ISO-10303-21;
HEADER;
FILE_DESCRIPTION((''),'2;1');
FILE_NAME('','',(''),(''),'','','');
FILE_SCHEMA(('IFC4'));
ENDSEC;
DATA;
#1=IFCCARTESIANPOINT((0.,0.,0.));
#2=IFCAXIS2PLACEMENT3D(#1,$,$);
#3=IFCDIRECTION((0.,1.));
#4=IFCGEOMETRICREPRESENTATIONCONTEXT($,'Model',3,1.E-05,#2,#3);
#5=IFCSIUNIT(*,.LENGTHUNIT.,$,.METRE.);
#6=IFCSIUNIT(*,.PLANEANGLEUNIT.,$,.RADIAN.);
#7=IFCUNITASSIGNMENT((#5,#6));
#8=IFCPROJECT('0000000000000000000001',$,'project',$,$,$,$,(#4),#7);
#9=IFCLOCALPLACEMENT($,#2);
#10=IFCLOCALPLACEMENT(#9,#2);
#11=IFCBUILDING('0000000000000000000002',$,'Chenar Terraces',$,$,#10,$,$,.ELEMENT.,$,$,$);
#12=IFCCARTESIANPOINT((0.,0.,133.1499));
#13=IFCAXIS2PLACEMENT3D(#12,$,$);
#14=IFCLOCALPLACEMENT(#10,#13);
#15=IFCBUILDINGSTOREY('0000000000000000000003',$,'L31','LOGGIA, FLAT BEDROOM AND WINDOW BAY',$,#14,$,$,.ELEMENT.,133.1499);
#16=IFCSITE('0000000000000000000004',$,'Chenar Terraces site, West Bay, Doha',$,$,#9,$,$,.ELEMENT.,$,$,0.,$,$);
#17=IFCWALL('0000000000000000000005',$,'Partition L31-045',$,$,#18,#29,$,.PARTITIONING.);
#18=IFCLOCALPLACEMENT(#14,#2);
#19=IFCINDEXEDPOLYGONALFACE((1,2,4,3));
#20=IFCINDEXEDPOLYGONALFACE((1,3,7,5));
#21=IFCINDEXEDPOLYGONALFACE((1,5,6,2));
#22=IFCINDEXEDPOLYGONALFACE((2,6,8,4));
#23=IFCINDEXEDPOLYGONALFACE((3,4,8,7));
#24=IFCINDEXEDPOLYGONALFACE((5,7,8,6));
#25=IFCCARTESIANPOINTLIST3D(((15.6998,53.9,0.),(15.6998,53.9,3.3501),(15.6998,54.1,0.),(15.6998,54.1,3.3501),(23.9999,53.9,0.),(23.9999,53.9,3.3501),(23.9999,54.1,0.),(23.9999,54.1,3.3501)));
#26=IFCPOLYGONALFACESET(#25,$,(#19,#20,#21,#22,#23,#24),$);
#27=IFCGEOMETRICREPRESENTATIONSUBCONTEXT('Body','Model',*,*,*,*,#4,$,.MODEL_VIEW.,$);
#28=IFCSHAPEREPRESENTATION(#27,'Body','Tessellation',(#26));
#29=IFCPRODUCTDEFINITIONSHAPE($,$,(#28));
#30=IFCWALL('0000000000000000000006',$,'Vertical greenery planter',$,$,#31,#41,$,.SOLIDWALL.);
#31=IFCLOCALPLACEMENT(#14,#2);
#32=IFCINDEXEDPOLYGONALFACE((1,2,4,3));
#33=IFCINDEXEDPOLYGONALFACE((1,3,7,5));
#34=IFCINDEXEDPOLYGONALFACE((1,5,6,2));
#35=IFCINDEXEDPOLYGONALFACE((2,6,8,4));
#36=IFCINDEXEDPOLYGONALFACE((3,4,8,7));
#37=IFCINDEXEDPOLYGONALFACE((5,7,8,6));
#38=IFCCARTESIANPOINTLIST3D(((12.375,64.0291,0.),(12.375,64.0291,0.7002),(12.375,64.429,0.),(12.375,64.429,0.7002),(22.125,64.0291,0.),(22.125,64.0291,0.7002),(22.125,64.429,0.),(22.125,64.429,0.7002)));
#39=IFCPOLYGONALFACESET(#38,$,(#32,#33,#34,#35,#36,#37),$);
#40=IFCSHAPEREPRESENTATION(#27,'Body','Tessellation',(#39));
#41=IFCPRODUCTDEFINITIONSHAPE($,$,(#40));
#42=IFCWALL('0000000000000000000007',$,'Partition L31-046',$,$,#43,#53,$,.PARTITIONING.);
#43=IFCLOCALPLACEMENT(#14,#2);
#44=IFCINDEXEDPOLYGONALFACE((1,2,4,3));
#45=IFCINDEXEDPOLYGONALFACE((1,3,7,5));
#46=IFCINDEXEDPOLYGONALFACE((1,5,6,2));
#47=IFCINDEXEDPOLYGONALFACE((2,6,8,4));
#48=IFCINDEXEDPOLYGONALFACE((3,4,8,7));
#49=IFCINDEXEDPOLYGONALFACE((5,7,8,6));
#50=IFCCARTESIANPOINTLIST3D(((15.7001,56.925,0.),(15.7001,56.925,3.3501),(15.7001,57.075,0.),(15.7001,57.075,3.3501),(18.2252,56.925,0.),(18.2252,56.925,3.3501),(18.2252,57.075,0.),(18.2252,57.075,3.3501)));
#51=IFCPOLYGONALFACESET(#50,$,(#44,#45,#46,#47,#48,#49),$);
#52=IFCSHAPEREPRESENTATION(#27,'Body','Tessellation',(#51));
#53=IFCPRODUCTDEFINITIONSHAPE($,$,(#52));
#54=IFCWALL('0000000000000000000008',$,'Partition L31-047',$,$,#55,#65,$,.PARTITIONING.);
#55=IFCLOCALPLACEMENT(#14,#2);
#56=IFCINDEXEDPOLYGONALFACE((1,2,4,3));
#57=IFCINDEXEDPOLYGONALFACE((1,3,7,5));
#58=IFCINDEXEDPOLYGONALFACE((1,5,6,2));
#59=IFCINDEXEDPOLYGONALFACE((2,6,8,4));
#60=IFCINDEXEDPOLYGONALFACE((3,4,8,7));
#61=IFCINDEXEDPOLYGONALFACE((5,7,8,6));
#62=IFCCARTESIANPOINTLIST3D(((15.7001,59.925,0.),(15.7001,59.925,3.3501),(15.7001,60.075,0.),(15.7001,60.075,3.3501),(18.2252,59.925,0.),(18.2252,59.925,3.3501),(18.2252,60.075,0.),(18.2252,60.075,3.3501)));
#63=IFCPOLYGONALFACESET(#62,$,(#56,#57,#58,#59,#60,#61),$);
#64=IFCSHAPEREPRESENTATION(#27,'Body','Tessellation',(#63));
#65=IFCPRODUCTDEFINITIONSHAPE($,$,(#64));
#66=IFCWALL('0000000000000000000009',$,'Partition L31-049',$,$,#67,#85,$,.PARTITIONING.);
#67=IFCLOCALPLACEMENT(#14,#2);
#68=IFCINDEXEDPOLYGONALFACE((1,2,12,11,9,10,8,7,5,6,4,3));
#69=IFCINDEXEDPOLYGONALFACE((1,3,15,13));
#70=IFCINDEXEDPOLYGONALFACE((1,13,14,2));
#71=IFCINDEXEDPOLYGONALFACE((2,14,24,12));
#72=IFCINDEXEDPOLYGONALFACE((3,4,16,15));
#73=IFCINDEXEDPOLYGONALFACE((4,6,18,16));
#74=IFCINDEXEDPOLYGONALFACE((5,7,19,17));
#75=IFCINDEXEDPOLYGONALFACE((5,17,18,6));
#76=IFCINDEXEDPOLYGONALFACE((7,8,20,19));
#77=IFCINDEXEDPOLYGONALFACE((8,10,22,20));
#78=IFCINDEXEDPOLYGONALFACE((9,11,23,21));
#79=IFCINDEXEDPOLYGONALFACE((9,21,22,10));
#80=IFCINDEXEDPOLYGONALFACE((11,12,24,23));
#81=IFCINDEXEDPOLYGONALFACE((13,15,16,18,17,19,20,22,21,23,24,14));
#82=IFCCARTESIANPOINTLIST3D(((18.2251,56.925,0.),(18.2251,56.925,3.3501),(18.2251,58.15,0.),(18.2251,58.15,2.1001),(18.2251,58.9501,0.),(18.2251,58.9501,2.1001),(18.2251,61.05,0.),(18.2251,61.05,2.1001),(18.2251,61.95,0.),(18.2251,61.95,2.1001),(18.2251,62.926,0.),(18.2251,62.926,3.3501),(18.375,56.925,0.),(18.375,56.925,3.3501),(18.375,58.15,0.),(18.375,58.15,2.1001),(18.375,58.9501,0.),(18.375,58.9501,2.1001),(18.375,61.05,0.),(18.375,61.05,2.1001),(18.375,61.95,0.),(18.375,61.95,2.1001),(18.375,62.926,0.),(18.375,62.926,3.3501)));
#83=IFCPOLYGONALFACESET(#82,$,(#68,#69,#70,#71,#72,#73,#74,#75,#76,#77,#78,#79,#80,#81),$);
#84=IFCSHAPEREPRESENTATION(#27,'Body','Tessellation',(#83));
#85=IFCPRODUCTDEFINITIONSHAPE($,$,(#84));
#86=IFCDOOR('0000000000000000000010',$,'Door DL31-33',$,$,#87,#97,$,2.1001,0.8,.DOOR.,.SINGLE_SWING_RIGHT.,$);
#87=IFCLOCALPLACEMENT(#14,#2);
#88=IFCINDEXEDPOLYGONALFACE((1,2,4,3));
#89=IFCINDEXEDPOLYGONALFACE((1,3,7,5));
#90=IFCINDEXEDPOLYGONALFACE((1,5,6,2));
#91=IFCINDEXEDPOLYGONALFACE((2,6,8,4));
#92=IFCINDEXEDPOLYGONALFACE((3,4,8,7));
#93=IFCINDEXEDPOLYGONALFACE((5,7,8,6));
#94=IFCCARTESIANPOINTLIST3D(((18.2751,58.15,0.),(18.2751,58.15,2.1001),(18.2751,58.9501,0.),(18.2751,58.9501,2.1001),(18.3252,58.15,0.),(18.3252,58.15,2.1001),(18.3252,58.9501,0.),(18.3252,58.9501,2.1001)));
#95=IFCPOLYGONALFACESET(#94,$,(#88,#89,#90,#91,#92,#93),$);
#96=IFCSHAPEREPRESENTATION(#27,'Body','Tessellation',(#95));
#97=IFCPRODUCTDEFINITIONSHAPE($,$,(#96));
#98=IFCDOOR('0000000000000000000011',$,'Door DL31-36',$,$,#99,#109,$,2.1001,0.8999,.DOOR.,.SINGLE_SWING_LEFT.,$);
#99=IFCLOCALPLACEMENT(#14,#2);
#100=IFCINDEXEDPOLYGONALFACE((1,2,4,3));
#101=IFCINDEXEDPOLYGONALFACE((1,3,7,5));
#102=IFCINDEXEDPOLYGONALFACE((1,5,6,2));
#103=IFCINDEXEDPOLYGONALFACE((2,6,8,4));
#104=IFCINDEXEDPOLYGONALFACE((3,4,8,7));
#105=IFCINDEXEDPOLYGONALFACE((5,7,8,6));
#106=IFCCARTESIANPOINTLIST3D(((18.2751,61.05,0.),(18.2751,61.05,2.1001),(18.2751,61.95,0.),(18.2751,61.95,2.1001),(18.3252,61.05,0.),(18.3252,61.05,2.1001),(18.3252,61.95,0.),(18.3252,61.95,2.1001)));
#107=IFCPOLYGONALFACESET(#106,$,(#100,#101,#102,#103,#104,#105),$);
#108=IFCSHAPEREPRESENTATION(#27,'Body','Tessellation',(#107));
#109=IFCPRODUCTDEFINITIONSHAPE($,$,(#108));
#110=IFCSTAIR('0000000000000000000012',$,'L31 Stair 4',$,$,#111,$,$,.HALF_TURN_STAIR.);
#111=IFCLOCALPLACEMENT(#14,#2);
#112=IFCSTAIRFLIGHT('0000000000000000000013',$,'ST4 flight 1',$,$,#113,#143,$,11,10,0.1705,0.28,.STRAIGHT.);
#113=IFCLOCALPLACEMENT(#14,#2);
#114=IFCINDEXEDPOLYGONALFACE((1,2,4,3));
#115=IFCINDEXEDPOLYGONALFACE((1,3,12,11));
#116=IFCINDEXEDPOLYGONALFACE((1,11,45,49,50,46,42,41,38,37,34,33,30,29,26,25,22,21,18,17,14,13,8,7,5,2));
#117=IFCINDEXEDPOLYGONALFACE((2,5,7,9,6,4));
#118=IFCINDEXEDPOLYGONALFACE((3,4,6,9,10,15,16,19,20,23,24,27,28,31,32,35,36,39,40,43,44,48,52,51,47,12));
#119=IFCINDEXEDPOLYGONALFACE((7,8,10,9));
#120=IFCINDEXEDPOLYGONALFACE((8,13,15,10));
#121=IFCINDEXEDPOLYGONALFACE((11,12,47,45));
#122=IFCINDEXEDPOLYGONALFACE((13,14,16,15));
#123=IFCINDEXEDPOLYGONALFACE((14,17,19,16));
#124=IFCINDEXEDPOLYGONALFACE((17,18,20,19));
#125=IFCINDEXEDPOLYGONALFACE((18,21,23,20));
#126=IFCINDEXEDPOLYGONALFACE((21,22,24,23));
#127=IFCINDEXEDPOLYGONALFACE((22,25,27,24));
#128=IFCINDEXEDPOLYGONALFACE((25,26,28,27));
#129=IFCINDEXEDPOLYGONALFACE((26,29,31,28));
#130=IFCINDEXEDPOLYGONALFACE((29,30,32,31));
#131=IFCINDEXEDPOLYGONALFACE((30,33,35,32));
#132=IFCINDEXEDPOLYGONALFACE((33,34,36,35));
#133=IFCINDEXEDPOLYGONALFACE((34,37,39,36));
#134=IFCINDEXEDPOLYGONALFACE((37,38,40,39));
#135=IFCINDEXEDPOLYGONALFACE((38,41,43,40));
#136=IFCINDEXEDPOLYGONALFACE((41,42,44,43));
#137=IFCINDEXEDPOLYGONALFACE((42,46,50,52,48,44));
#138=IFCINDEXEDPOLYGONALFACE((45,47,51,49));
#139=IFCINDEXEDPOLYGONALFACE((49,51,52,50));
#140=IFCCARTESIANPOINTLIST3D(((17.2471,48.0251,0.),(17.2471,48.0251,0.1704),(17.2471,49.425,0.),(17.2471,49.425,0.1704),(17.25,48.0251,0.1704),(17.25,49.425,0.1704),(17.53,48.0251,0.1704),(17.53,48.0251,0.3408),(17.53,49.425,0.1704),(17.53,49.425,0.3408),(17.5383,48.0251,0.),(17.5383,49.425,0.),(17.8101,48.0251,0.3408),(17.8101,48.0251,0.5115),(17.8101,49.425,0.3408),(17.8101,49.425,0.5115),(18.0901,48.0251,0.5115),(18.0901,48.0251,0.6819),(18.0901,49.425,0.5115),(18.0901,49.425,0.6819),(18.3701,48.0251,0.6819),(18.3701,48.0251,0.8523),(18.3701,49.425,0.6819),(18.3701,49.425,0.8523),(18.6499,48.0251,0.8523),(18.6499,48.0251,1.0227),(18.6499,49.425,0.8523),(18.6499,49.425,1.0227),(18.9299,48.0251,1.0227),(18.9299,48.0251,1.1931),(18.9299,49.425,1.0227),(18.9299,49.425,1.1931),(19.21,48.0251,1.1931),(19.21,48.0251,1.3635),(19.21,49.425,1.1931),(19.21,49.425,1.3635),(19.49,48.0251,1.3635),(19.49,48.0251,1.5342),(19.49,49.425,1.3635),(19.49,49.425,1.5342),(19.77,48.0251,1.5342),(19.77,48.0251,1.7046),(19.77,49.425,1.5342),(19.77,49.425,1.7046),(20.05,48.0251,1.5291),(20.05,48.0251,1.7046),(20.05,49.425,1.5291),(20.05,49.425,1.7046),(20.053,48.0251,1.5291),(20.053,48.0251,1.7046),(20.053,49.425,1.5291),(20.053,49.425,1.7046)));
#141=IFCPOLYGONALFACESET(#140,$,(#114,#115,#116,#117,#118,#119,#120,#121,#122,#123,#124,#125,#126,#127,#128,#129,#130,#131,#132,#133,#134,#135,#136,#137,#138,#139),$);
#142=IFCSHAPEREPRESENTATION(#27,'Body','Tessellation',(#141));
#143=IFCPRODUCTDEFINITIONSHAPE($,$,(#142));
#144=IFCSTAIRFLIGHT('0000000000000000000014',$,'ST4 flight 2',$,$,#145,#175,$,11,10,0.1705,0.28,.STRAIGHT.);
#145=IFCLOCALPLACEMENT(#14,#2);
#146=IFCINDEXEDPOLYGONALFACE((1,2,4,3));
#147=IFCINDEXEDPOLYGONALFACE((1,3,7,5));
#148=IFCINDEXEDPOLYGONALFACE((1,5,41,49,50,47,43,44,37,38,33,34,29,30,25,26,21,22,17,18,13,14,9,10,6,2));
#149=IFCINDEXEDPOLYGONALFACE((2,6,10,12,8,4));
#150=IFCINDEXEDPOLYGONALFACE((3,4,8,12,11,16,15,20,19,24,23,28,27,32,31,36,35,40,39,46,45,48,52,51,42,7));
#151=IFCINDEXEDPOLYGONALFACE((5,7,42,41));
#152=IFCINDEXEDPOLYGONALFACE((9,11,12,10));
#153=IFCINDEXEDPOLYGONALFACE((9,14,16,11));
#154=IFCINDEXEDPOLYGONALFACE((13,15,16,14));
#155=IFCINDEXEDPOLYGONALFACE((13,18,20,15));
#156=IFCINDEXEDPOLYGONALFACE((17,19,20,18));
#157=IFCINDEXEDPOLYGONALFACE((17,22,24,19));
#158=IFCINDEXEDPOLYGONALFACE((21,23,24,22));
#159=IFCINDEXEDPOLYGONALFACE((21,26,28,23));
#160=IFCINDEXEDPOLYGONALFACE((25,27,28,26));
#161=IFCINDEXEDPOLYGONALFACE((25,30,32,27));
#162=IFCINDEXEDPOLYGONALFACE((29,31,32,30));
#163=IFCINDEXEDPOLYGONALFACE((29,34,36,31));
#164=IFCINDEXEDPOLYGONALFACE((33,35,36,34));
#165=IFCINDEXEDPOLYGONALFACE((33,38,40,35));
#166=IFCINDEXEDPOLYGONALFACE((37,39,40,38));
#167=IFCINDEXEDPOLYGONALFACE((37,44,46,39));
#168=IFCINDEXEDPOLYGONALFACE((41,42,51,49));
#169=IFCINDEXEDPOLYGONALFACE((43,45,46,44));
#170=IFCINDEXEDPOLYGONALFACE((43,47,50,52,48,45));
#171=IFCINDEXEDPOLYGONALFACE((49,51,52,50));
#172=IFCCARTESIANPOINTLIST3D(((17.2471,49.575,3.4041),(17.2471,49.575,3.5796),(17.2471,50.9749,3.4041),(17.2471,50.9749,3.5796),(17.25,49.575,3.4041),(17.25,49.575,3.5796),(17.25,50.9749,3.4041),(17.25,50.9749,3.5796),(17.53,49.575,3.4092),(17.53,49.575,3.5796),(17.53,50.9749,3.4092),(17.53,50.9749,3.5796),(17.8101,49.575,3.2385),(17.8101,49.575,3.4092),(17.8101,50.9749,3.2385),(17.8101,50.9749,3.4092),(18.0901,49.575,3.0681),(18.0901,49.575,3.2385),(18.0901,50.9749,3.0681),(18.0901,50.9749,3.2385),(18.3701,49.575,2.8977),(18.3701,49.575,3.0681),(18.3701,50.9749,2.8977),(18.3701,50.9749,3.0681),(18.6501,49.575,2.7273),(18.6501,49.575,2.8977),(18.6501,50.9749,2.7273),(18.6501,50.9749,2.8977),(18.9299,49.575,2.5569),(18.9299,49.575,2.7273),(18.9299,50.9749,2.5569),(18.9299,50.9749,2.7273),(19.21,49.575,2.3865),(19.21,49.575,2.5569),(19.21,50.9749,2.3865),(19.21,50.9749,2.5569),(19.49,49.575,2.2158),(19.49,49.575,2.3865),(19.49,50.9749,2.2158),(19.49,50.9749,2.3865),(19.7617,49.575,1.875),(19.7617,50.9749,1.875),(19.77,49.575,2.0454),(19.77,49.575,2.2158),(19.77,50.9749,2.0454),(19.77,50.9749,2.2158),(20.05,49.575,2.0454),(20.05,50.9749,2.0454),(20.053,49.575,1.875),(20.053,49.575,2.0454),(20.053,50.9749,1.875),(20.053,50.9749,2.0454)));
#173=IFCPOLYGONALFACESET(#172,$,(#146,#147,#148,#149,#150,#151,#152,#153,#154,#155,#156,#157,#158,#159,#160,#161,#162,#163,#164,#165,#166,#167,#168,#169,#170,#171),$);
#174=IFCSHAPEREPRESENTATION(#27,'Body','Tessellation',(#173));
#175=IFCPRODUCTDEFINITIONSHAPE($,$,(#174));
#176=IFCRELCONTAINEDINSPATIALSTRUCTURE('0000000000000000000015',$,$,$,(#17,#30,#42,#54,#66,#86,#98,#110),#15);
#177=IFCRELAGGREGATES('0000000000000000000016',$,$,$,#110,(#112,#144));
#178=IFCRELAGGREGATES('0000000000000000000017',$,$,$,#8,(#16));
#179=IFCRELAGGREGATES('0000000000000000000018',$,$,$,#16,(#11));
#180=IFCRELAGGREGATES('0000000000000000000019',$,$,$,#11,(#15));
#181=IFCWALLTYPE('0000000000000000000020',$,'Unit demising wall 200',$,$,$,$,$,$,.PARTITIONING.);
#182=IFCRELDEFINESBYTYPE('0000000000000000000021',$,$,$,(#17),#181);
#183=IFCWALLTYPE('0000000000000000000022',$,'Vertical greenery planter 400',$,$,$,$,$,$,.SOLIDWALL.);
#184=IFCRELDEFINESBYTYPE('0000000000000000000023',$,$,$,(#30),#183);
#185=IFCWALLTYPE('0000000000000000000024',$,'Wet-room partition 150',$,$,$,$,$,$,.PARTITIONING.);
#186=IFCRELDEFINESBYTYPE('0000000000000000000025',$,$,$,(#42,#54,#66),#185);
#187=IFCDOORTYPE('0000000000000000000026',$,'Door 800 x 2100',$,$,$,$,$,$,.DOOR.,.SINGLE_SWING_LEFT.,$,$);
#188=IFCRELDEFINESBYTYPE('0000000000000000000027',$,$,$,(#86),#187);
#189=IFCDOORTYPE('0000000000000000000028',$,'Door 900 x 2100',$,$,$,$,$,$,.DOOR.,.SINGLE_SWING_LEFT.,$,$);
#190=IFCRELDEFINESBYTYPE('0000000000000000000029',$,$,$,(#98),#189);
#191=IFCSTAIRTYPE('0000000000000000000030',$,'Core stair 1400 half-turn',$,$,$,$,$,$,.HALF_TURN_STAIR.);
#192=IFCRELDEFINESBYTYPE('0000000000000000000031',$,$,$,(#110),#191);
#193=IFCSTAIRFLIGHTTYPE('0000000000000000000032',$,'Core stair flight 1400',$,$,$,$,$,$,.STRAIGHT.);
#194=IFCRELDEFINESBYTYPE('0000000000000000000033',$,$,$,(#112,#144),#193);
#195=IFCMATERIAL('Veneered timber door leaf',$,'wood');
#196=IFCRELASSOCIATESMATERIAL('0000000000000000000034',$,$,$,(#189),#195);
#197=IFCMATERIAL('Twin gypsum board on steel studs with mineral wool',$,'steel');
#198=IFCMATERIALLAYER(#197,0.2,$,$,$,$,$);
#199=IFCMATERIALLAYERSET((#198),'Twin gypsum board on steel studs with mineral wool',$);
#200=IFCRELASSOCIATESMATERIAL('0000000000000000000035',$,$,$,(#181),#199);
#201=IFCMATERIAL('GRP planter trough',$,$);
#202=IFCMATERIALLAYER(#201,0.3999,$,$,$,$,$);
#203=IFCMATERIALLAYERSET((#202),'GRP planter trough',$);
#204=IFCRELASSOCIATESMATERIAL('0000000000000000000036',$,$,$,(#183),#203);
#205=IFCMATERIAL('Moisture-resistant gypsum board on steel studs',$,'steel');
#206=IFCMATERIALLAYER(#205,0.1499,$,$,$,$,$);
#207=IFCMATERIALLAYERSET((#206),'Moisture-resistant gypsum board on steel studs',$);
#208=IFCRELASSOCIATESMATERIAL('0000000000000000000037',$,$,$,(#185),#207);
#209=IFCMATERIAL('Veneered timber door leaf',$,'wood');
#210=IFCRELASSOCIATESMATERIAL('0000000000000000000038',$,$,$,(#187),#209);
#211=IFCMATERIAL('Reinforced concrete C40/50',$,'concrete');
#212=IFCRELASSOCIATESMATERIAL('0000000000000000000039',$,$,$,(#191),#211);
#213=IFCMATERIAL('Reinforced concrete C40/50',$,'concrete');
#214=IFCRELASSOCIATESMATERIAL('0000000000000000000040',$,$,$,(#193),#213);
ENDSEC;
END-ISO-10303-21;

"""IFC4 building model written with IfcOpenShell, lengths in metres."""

from ifc_helpers import new_model, si_unit, direction, frame, frame_2d, origin, place, context, subcontext, project, spatial, polyline, rectangle, outline, extrude, material, layer, layer_set, type_object, element, fill, aggregate, save


model = new_model("IFC4")

# Units and contexts
model_context = context("Model", 3, precision=1e-05, world=origin(), true_north=direction((0.0, 1.0)))
body_context = subcontext(model_context, "Body", "Model", "MODEL_VIEW")
ifc_project = project(units=[si_unit("LENGTHUNIT", "METRE"), si_unit("PLANEANGLEUNIT", "RADIAN")], contexts=[model_context])

# Site, building, storey
site_placement = place(None, origin())
site = spatial("IfcSite", under=ifc_project, at=site_placement, Name="Chenar Terraces site, West Bay, Doha", CompositionType="ELEMENT", RefElevation=0.0)
building_placement = place(site_placement, origin())
building = spatial("IfcBuilding", under=site, at=building_placement, Name="Chenar Terraces", CompositionType="ELEMENT")
storey_placement = place(building_placement, frame((0.0, 0.0, 133.1499)))
storey = spatial("IfcBuildingStorey", under=building, at=storey_placement, Name="L31", Description="LOGGIA, FLAT BEDROOM AND WINDOW BAY", CompositionType="ELEMENT", Elevation=133.1499)

# Shared definitions
ifc_material_1 = material(Name="Veneered timber door leaf", Category="wood")
door_type_1 = type_object("IfcDoorType", Name="Door 900 x 2100", OperationType="SINGLE_SWING_LEFT", PredefinedType="DOOR", material=ifc_material_1)

# Walls
ifc_material_2 = material(Name="Twin gypsum board on steel studs with mineral wool", Category="steel")
ifc_layer_1 = layer(ifc_material_2, 0.2)
ifc_layer_set_1 = layer_set([ifc_layer_1], Name="Twin gypsum board on steel studs with mineral wool")
wall_type_1 = type_object("IfcWallType", Name="Unit demising wall 200", PredefinedType="PARTITIONING", material=ifc_layer_set_1)
wall_1_placement = place(storey_placement, frame((15.7, 54.0, 0.0), z_axis=(0.0, 0.0, 1.0), x_axis=(1.0, 0.0, 0.0)))
element("IfcWall", 1, at=wall_1_placement, inside=storey, type_object=wall_type_1, Name="Partition L31-045", PredefinedType="PARTITIONING", context=body_context, shape_type="SweptSolid", body=[
    extrude(rectangle(XDim=8.3, YDim=0.2, at=frame_2d((4.1499, 0.0))), origin(), (0.0, 0.0, 1.0), 3.3501),
])
ifc_material_3 = material(Name="GRP planter trough")
ifc_layer_2 = layer(ifc_material_3, 0.3999)
ifc_layer_set_2 = layer_set([ifc_layer_2], Name="GRP planter trough")
wall_type_2 = type_object("IfcWallType", Name="Vertical greenery planter 400", PredefinedType="SOLIDWALL", material=ifc_layer_set_2)
wall_2_placement = place(storey_placement, frame((22.125, 64.229, 0.0), z_axis=(0.0, 0.0, 1.0), x_axis=(-1.0, 0.0, 0.0)))
element("IfcWall", 2, at=wall_2_placement, inside=storey, type_object=wall_type_2, Name="Vertical greenery planter", PredefinedType="SOLIDWALL", context=body_context, shape_type="SweptSolid", body=[
    extrude(rectangle(XDim=9.75, YDim=0.3999, at=frame_2d((4.875, 0.0))), origin(), (0.0, 0.0, 1.0), 0.7002),
])
ifc_material_4 = material(Name="Moisture-resistant gypsum board on steel studs", Category="steel")
ifc_layer_3 = layer(ifc_material_4, 0.1499)
ifc_layer_set_3 = layer_set([ifc_layer_3], Name="Moisture-resistant gypsum board on steel studs")
wall_type_3 = type_object("IfcWallType", Name="Wet-room partition 150", PredefinedType="PARTITIONING", material=ifc_layer_set_3)
for number, where, z_axis, x_axis, name in (
    (3, (15.7, 57.0, 0.0), (0.0, 0.0, 1.0), (1.0, 0.0, 0.0), "Partition L31-046"),
    (4, (15.7, 60.0, 0.0), (0.0, 0.0, 1.0), (1.0, 0.0, 0.0), "Partition L31-047"),
):
    element("IfcWall", number, at=place(storey_placement, frame(where, z_axis=z_axis, x_axis=x_axis)), inside=storey, type_object=wall_type_3, Name=name, PredefinedType="PARTITIONING", context=body_context, shape_type="SweptSolid", body=[
        extrude(rectangle(XDim=2.5251, YDim=0.1499, at=frame_2d((1.2627, 0.0))), origin(), (0.0, 0.0, 1.0), 3.3501),
    ])

# Wall, openings, doors
wall_3_placement = place(storey_placement, frame((18.3, 56.925, 0.0), z_axis=(0.0, 0.0, 1.0), x_axis=(0.0, 1.0, 0.0)))
wall_3 = element("IfcWall", 5, at=wall_3_placement, inside=storey, type_object=wall_type_3, Name="Partition L31-049", PredefinedType="PARTITIONING", context=body_context, shape_type="SweptSolid", body=[
    extrude(rectangle(XDim=6.001, YDim=0.1499, at=frame_2d((3.0005, 0.0))), origin(), (0.0, 0.0, 1.0), 3.3501),
])
opening_1_placement = place(wall_3_placement, frame((1.2251, 0.0, 0.0)))
opening_1 = element("IfcOpeningElement", 6, at=opening_1_placement, cuts=wall_3, PredefinedType="OPENING", context=body_context, shape_type="SweptSolid", body=[
    extrude(rectangle(XDim=0.8, YDim=2.1001, at=frame_2d((0.3999, 1.05))), frame((0.0, 0.085, 0.0), z_axis=(0.0, -1.0, 0.0), x_axis=(1.0, 0.0, 0.0)), (0.0, 0.0, 1.0), 0.1699),
])
opening_2_placement = place(wall_3_placement, frame((4.125, 0.0, 0.0)))
opening_2 = element("IfcOpeningElement", 7, at=opening_2_placement, cuts=wall_3, PredefinedType="OPENING", context=body_context, shape_type="SweptSolid", body=[
    extrude(rectangle(XDim=0.8999, YDim=2.1001, at=frame_2d((0.45, 1.05))), frame((0.0, 0.085, 0.0), z_axis=(0.0, -1.0, 0.0), x_axis=(1.0, 0.0, 0.0)), (0.0, 0.0, 1.0), 0.1699),
])
ifc_material_5 = material(Name="Veneered timber door leaf", Category="wood")
door_type_2 = type_object("IfcDoorType", Name="Door 800 x 2100", OperationType="SINGLE_SWING_LEFT", PredefinedType="DOOR", material=ifc_material_5)
door_1_placement = place(opening_1_placement, origin())
door_1 = element("IfcDoor", 8, at=door_1_placement, inside=storey, type_object=door_type_2, Name="Door DL31-33", OperationType="SINGLE_SWING_RIGHT", OverallHeight=2.1001, OverallWidth=0.8, PredefinedType="DOOR", context=body_context, shape_type="SweptSolid", body=[
    extrude(rectangle(XDim=0.8, YDim=2.1001, at=frame_2d((0.3999, 1.05))), frame((0.0, 0.0249, 0.0), z_axis=(0.0, -1.0, 0.0), x_axis=(1.0, 0.0, 0.0)), (0.0, 0.0, 1.0), 0.05),
])
fill(opening_1, door_1)
door_2_placement = place(opening_2_placement, origin())
door_2 = element("IfcDoor", 9, at=door_2_placement, inside=storey, type_object=door_type_1, Name="Door DL31-36", OperationType="SINGLE_SWING_LEFT", OverallHeight=2.1001, OverallWidth=0.8999, PredefinedType="DOOR", context=body_context, shape_type="SweptSolid", body=[
    extrude(rectangle(XDim=0.8999, YDim=2.1001, at=frame_2d((0.45, 1.05))), frame((0.0, 0.0249, 0.0), z_axis=(0.0, -1.0, 0.0), x_axis=(1.0, 0.0, 0.0)), (0.0, 0.0, 1.0), 0.05),
])
fill(opening_2, door_2)

# Stair, stair flights
ifc_material_6 = material(Name="Reinforced concrete C40/50", Category="concrete")
stair_type = type_object("IfcStairType", Name="Core stair 1400 half-turn", PredefinedType="HALF_TURN_STAIR", material=ifc_material_6)
stair_placement = place(storey_placement, origin())
stair = element("IfcStair", 10, at=stair_placement, inside=storey, type_object=stair_type, Name="L31 Stair 4", PredefinedType="HALF_TURN_STAIR")
ifc_material_7 = material(Name="Reinforced concrete C40/50", Category="concrete")
stair_flight_type = type_object("IfcStairFlightType", Name="Core stair flight 1400", PredefinedType="STRAIGHT", material=ifc_material_7)
stair_flight_1_placement = place(storey_placement, frame((17.25, 48.7251, 0.0), z_axis=(0.0, 0.0, 1.0), x_axis=(1.0, 0.0, 0.0)))
stair_flight_1 = element("IfcStairFlight", 11, at=stair_flight_1_placement, type_object=stair_flight_type, Name="ST4 flight 1", NumberOfRisers=11, NumberOfTreads=10, PredefinedType="STRAIGHT", RiserHeight=0.1705, TreadLength=0.28, context=body_context, shape_type="SweptSolid", body=[
    extrude(outline(polyline([(-0.0029, 0.0), (-0.0029, 0.1704), (0.0, 0.1704), (0.28, 0.1704), (0.28, 0.3408), (0.5601, 0.3408), (0.5601, 0.5115), (0.8401, 0.5115), (0.8401, 0.6819), (1.1201, 0.6819), (1.1201, 0.8523), (1.3999, 0.8523), (1.3999, 1.0227), (1.6799, 1.0227), (1.6799, 1.1931), (1.96, 1.1931), (1.96, 1.3635), (2.24, 1.3635), (2.24, 1.5342), (2.52, 1.5342), (2.52, 1.7046), (2.8, 1.7046), (2.803, 1.7046), (2.803, 1.5291), (2.8, 1.5291), (0.2883, 0.0), (-0.0029, 0.0)])), frame((0.0, 0.7, 0.0), z_axis=(0.0, -1.0, 0.0), x_axis=(1.0, 0.0, 0.0)), (0.0, 0.0, 1.0), 1.3999),
])
stair_flight_2_placement = place(storey_placement, frame((20.05, 50.2749, 1.875), z_axis=(0.0, 0.0, 1.0), x_axis=(-1.0, 0.0, 0.0)))
stair_flight_2 = element("IfcStairFlight", 12, at=stair_flight_2_placement, type_object=stair_flight_type, Name="ST4 flight 2", NumberOfRisers=11, NumberOfTreads=10, PredefinedType="STRAIGHT", RiserHeight=0.1705, TreadLength=0.28, context=body_context, shape_type="SweptSolid", body=[
    extrude(outline(polyline([(-0.0029, 0.0), (-0.0029, 0.1704), (0.0, 0.1704), (0.28, 0.1704), (0.28, 0.3408), (0.5601, 0.3408), (0.5601, 0.5115), (0.8401, 0.5115), (0.8401, 0.6819), (1.1201, 0.6819), (1.1201, 0.8523), (1.3999, 0.8523), (1.3999, 1.0227), (1.6799, 1.0227), (1.6799, 1.1931), (1.96, 1.1931), (1.96, 1.3635), (2.24, 1.3635), (2.24, 1.5342), (2.52, 1.5342), (2.52, 1.7046), (2.8, 1.7046), (2.803, 1.7046), (2.803, 1.5291), (2.8, 1.5291), (0.2883, 0.0), (-0.0029, 0.0)])), frame((0.0, 0.7, 0.0), z_axis=(0.0, -1.0, 0.0), x_axis=(1.0, 0.0, 0.0)), (0.0, 0.0, 1.0), 1.3999),
])
aggregate(stair, [stair_flight_1, stair_flight_2])

save(model, "model.ifc")
